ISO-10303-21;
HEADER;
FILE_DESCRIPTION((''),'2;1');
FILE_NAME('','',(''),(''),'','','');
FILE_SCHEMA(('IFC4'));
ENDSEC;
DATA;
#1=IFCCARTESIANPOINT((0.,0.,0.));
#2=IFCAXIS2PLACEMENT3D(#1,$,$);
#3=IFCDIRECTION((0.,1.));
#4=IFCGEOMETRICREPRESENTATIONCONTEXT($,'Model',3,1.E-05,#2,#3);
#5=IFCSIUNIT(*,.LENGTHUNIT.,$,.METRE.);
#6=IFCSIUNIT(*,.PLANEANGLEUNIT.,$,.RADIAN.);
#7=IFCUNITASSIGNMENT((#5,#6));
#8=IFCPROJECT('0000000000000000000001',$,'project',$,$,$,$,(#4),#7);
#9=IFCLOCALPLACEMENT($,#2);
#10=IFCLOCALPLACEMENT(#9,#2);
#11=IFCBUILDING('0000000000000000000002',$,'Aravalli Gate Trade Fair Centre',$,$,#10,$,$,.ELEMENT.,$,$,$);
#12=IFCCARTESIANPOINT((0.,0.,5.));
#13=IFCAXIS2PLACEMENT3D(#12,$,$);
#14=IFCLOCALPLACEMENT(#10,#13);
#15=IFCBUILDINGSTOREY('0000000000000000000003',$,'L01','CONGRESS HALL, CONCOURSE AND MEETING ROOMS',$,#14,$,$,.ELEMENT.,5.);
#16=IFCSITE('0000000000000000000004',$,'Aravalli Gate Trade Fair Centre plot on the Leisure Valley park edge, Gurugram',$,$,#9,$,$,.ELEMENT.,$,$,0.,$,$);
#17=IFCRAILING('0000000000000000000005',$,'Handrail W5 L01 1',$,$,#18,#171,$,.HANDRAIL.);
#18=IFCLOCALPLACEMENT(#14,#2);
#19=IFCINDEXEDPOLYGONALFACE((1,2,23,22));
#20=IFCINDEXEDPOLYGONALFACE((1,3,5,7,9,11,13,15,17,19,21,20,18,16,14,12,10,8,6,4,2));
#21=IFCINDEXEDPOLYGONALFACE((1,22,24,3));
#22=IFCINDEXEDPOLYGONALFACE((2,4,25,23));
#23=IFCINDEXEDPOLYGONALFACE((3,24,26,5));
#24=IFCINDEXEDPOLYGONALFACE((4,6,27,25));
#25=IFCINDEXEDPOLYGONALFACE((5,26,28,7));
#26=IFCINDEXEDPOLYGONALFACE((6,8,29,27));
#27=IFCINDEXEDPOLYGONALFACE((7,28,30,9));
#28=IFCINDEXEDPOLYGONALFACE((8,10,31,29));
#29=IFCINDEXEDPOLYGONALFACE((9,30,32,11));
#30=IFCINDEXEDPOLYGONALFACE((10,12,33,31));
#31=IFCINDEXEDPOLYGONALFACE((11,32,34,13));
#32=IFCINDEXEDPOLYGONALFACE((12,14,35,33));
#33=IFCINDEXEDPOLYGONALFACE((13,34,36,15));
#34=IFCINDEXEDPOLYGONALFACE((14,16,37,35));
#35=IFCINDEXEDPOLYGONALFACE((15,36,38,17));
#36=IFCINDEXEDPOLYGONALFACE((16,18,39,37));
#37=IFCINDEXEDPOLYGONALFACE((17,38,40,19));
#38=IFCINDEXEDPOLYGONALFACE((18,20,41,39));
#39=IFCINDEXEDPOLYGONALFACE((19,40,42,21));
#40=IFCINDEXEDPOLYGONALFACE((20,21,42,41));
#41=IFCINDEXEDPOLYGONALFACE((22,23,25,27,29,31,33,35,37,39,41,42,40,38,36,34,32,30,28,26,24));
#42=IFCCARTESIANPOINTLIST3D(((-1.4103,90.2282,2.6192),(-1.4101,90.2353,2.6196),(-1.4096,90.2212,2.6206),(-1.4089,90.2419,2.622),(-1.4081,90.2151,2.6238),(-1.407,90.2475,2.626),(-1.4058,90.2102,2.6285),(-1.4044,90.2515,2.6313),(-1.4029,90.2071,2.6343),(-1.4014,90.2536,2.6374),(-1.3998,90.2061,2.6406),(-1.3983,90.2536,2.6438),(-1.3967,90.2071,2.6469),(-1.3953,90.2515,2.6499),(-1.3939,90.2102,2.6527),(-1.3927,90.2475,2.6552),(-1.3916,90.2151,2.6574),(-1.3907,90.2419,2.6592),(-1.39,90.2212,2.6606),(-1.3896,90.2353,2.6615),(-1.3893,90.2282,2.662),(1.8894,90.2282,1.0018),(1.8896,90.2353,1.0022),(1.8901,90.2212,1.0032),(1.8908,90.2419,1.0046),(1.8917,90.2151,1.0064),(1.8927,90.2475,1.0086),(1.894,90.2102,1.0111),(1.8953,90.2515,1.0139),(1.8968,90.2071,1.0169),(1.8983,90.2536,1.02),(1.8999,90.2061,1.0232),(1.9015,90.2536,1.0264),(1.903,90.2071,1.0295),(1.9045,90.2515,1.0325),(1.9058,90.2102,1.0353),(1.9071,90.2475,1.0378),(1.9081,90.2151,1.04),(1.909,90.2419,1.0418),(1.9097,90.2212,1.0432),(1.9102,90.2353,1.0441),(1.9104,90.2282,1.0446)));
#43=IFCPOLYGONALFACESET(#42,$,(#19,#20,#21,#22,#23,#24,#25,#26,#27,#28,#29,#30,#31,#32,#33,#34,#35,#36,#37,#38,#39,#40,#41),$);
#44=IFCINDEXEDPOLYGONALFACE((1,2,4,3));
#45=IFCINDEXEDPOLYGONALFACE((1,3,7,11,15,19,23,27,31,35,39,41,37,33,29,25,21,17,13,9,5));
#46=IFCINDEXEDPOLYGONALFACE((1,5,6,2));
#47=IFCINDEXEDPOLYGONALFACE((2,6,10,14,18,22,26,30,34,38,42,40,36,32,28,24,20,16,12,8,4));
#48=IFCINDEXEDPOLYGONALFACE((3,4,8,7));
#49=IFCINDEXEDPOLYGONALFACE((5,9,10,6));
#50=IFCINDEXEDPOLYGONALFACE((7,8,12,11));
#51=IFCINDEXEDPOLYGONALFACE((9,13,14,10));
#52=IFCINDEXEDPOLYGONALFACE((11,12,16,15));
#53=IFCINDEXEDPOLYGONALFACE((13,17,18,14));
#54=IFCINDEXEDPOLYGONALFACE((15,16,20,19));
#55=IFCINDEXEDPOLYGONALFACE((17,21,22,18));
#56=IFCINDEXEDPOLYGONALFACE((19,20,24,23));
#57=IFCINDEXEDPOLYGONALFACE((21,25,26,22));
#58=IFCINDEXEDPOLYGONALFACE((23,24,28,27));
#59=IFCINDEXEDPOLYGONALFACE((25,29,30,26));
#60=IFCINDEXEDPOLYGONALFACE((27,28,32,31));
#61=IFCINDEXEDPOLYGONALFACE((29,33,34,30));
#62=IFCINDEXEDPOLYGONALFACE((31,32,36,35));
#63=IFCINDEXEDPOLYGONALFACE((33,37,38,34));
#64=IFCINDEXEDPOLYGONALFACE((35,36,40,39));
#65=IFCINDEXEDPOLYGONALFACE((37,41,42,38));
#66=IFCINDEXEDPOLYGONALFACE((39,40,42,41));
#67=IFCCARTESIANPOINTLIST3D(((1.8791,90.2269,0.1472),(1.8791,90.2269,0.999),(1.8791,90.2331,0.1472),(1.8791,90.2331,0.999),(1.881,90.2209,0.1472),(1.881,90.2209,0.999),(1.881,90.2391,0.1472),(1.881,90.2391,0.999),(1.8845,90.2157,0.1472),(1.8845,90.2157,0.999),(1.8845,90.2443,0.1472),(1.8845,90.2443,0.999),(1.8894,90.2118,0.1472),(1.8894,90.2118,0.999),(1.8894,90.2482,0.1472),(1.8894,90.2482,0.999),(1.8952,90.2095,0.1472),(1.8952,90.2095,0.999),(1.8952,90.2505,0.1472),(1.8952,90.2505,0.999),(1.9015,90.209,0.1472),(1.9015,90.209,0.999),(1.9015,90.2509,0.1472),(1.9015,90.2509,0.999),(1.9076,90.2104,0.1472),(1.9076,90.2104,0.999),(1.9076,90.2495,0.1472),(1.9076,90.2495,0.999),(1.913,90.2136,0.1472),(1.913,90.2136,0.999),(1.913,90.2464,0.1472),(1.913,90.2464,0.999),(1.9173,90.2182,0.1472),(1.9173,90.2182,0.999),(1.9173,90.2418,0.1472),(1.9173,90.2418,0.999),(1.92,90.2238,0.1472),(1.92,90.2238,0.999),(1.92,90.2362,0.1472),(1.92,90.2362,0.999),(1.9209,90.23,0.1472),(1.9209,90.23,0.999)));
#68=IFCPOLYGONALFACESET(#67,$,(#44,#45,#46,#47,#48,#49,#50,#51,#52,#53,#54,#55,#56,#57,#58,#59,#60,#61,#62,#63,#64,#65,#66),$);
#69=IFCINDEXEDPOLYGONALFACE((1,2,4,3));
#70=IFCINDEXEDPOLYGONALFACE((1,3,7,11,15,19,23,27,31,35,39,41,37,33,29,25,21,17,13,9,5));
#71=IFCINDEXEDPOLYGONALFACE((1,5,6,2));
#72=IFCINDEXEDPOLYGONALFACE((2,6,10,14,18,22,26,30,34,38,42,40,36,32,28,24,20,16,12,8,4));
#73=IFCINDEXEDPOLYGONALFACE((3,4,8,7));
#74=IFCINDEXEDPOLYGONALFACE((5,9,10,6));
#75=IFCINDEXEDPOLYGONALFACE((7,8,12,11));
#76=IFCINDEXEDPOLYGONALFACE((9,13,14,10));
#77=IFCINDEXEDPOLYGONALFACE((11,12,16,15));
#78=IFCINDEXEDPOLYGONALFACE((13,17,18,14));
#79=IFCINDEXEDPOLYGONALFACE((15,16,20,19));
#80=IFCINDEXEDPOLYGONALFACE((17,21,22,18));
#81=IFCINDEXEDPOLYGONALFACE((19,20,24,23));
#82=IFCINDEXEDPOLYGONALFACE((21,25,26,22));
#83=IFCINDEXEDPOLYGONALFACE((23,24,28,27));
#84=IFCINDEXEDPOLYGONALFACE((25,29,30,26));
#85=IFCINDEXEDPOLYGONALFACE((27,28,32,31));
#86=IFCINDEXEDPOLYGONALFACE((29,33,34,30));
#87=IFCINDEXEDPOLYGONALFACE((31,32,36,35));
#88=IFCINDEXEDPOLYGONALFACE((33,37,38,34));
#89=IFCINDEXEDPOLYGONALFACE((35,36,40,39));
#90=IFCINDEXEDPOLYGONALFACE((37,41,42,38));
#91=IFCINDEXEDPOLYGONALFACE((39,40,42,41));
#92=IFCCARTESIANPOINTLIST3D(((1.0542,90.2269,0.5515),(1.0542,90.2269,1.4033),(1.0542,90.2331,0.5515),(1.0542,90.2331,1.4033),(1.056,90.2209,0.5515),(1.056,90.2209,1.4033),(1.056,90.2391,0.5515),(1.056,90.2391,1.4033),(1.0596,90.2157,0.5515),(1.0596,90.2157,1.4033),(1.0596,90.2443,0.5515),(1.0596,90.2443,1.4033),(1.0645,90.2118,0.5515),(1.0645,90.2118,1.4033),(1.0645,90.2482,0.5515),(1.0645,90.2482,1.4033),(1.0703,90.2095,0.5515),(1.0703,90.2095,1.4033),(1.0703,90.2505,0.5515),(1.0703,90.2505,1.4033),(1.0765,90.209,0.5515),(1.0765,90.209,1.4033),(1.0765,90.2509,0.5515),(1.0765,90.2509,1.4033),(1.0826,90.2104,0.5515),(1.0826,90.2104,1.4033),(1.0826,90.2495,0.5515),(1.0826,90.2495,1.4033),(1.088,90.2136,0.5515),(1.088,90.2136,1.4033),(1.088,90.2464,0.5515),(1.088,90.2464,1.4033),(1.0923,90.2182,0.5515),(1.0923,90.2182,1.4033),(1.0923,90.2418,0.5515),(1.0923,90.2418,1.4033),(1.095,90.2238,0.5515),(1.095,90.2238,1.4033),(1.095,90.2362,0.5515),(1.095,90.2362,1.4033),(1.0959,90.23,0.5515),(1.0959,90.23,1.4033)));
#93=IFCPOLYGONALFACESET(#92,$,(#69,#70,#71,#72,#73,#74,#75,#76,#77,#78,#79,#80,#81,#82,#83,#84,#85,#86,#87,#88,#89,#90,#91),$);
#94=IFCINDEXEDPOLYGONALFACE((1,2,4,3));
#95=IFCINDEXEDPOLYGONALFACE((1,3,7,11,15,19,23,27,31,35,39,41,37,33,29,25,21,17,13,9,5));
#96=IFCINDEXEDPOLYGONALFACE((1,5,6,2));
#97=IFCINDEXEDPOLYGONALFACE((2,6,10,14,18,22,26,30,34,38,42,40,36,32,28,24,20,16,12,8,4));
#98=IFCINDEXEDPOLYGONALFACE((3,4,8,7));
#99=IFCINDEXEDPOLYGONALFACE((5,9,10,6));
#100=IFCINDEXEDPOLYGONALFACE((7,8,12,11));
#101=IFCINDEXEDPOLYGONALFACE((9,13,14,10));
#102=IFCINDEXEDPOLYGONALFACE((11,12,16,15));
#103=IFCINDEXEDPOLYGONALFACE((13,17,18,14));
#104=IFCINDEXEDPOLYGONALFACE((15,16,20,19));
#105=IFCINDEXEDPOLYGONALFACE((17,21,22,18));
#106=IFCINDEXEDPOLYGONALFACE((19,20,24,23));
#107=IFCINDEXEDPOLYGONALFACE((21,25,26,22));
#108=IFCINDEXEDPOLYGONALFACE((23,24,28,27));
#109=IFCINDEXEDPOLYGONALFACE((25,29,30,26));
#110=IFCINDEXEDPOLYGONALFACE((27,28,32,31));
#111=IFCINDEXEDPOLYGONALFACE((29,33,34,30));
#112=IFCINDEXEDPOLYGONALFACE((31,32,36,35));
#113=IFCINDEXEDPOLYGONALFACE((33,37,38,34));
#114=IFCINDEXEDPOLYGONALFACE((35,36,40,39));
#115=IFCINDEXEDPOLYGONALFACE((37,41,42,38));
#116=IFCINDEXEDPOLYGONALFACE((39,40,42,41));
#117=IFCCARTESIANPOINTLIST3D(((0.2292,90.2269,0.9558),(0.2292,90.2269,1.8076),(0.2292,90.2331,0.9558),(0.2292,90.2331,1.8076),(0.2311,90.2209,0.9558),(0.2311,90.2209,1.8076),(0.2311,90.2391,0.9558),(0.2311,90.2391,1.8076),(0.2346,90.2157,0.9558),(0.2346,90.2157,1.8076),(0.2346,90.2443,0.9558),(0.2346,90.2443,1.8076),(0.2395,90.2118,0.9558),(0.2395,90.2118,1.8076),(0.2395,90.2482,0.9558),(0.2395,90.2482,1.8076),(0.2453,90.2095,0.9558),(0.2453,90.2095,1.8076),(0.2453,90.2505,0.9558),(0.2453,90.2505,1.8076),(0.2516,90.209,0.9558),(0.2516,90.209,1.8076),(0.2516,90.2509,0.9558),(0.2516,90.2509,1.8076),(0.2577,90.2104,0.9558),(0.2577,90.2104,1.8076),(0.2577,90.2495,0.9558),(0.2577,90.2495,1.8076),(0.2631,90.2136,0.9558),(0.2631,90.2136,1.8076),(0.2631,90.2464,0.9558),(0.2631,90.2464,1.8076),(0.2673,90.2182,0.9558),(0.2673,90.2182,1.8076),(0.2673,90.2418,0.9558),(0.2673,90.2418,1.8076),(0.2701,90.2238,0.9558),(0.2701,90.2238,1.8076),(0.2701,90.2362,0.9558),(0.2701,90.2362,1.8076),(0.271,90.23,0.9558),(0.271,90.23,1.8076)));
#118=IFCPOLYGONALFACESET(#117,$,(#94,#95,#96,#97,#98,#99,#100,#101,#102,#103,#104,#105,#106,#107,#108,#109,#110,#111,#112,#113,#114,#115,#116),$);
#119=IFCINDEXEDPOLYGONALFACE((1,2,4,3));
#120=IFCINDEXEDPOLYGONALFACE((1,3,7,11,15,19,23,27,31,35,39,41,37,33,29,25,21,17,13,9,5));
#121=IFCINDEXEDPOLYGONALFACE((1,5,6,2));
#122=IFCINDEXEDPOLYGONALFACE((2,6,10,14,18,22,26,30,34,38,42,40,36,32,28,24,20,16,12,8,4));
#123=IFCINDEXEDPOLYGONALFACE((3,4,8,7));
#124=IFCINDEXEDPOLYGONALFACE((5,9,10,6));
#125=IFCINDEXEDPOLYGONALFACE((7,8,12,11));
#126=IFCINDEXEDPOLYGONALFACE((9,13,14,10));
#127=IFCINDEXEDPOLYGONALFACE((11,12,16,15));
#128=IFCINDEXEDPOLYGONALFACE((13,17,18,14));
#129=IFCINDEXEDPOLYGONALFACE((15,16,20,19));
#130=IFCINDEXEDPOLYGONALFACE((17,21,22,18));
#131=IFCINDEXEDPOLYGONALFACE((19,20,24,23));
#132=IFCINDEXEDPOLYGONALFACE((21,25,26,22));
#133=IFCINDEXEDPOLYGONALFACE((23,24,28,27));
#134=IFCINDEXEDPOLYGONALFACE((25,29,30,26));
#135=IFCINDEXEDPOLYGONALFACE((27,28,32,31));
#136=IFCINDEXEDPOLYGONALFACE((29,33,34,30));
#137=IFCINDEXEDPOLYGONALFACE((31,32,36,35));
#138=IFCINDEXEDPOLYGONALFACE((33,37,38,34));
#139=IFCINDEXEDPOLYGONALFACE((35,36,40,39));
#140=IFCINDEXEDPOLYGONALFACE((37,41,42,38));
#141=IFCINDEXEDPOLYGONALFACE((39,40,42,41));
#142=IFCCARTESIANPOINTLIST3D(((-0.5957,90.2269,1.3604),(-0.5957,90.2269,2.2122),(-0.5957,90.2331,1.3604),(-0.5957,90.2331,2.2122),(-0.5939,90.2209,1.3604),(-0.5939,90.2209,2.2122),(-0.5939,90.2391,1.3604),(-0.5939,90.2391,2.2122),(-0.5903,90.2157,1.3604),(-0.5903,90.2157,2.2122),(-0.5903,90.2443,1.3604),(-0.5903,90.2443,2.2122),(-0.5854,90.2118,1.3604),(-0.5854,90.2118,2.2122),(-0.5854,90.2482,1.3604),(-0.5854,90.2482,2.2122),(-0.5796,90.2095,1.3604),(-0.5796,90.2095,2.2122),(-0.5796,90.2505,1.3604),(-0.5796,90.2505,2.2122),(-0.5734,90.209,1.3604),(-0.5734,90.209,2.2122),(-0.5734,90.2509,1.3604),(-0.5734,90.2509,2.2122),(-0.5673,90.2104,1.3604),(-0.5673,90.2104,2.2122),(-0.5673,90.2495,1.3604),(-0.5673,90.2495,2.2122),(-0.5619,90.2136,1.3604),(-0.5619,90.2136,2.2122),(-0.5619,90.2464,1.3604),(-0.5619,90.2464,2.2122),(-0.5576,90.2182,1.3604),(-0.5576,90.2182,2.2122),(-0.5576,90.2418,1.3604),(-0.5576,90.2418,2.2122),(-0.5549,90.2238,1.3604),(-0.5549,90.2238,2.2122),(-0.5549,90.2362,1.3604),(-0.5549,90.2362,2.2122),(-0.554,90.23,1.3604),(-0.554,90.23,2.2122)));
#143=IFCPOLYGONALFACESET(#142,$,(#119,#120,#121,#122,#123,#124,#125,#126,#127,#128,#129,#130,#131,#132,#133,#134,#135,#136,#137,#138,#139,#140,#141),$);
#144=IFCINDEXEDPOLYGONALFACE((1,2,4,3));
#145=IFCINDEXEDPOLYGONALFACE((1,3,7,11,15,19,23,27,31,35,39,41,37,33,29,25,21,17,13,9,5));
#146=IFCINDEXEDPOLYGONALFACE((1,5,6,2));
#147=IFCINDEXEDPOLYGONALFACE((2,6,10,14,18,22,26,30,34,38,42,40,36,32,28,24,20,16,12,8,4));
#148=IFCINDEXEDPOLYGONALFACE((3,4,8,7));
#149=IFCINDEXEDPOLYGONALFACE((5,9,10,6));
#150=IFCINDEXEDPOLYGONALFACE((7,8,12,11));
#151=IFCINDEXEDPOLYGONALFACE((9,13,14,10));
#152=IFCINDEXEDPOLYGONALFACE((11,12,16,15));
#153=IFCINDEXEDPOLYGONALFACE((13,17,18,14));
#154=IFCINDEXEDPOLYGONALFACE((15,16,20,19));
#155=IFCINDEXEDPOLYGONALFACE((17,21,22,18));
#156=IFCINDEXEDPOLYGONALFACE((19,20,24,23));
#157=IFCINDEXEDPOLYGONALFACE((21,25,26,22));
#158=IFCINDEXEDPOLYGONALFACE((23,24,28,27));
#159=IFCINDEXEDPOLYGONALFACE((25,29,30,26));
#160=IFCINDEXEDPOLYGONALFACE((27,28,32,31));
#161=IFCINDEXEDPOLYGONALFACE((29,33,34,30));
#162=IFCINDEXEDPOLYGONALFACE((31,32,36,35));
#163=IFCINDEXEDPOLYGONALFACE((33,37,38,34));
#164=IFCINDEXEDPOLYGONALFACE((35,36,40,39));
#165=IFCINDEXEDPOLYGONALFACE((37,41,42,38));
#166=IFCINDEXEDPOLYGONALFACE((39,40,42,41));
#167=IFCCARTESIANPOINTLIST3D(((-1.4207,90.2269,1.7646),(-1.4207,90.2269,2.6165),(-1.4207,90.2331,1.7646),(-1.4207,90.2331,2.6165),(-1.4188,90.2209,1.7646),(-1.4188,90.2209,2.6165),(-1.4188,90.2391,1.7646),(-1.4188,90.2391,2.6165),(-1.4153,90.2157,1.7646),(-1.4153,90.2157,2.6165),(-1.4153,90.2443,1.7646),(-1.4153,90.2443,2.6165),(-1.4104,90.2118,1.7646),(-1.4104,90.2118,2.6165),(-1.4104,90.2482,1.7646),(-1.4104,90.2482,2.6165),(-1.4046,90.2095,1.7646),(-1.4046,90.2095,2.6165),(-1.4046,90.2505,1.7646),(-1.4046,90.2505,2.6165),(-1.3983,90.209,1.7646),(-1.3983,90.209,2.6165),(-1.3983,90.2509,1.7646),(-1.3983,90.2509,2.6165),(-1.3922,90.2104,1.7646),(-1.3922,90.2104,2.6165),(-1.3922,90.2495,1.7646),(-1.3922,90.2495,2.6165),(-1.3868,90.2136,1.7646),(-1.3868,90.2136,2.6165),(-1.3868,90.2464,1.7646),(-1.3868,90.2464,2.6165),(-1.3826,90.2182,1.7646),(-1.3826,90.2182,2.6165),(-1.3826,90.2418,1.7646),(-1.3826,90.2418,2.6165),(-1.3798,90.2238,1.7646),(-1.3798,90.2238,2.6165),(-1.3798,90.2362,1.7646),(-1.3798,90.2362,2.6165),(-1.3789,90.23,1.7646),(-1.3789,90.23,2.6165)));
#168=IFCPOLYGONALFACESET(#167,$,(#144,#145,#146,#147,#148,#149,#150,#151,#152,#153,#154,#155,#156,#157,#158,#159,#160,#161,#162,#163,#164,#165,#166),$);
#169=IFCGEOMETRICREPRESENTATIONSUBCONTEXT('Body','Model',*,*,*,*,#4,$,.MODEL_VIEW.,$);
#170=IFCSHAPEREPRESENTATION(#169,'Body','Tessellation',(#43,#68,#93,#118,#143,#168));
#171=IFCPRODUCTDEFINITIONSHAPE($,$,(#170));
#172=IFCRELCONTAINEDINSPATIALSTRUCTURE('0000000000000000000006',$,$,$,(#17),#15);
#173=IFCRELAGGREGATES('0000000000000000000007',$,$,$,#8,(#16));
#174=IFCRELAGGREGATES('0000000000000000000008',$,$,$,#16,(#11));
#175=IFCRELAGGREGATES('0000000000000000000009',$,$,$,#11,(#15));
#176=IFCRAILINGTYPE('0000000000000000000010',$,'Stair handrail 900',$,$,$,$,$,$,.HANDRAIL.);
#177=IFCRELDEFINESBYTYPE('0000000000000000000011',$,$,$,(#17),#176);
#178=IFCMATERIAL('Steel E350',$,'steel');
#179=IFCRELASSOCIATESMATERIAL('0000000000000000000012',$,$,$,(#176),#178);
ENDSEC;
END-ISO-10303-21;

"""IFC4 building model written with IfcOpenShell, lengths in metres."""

from ifc_helpers import new_model, si_unit, direction, frame, origin, origin_2d, place, context, subcontext, project, spatial, circle, extrude, material, type_object, element, save


model = new_model("IFC4")

# Units and contexts
model_context = context("Model", 3, precision=1e-05, world=origin(), true_north=direction((0.0, 1.0)))
body_context = subcontext(model_context, "Body", "Model", "MODEL_VIEW")
ifc_project = project(units=[si_unit("LENGTHUNIT", "METRE"), si_unit("PLANEANGLEUNIT", "RADIAN")], contexts=[model_context])

# Site, building, storey
site_placement = place(None, origin())
site = spatial("IfcSite", under=ifc_project, at=site_placement, Name="Aravalli Gate Trade Fair Centre plot on the Leisure Valley park edge, Gurugram", CompositionType="ELEMENT", RefElevation=0.0)
building_placement = place(site_placement, origin())
building = spatial("IfcBuilding", under=site, at=building_placement, Name="Aravalli Gate Trade Fair Centre", CompositionType="ELEMENT")
storey_placement = place(building_placement, frame((0.0, 0.0, 5.0)))
storey = spatial("IfcBuildingStorey", under=building, at=storey_placement, Name="L01", Description="CONGRESS HALL, CONCOURSE AND MEETING ROOMS", CompositionType="ELEMENT", Elevation=5.0)

# Railing
ifc_material_1 = material(Name="Steel E350", Category="steel")
railing_type = type_object("IfcRailingType", Name="Stair handrail 900", PredefinedType="HANDRAIL", material=ifc_material_1)
for number, where, name in (
    (1, (1.8999, 90.23, 0.1472), "Handrail W5 L01 1"),
):
    element("IfcRailing", number, at=place(storey_placement, frame(where)), inside=storey, type_object=railing_type, Name=name, PredefinedType="HANDRAIL", context=body_context, shape_type="SweptSolid", body=[
        extrude(circle(Radius=0.0239, at=origin_2d()), frame((0.0, 0.0, 0.876), z_axis=(-0.897934, 0.0, 0.440131), x_axis=(0.0, -1.0, 0.0)), (0.0, 0.0, 1.0), 3.6748),
        extrude(circle(Radius=0.021, at=origin_2d()), origin(), (0.0, 0.0, 1.0), 0.8518),
        extrude(circle(Radius=0.021, at=origin_2d()), frame((-0.825, 0.0, 0.4043)), (0.0, 0.0, 1.0), 0.8518),
        extrude(circle(Radius=0.021, at=origin_2d()), frame((-1.6499, 0.0, 0.8086)), (0.0, 0.0, 1.0), 0.8518),
        extrude(circle(Radius=0.021, at=origin_2d()), frame((-2.4749, 0.0, 1.2131)), (0.0, 0.0, 1.0), 0.8518),
        extrude(circle(Radius=0.021, at=origin_2d()), frame((-3.2998, 0.0, 1.6174)), (0.0, 0.0, 1.0), 0.8518),
    ])

save(model, "model.ifc")
